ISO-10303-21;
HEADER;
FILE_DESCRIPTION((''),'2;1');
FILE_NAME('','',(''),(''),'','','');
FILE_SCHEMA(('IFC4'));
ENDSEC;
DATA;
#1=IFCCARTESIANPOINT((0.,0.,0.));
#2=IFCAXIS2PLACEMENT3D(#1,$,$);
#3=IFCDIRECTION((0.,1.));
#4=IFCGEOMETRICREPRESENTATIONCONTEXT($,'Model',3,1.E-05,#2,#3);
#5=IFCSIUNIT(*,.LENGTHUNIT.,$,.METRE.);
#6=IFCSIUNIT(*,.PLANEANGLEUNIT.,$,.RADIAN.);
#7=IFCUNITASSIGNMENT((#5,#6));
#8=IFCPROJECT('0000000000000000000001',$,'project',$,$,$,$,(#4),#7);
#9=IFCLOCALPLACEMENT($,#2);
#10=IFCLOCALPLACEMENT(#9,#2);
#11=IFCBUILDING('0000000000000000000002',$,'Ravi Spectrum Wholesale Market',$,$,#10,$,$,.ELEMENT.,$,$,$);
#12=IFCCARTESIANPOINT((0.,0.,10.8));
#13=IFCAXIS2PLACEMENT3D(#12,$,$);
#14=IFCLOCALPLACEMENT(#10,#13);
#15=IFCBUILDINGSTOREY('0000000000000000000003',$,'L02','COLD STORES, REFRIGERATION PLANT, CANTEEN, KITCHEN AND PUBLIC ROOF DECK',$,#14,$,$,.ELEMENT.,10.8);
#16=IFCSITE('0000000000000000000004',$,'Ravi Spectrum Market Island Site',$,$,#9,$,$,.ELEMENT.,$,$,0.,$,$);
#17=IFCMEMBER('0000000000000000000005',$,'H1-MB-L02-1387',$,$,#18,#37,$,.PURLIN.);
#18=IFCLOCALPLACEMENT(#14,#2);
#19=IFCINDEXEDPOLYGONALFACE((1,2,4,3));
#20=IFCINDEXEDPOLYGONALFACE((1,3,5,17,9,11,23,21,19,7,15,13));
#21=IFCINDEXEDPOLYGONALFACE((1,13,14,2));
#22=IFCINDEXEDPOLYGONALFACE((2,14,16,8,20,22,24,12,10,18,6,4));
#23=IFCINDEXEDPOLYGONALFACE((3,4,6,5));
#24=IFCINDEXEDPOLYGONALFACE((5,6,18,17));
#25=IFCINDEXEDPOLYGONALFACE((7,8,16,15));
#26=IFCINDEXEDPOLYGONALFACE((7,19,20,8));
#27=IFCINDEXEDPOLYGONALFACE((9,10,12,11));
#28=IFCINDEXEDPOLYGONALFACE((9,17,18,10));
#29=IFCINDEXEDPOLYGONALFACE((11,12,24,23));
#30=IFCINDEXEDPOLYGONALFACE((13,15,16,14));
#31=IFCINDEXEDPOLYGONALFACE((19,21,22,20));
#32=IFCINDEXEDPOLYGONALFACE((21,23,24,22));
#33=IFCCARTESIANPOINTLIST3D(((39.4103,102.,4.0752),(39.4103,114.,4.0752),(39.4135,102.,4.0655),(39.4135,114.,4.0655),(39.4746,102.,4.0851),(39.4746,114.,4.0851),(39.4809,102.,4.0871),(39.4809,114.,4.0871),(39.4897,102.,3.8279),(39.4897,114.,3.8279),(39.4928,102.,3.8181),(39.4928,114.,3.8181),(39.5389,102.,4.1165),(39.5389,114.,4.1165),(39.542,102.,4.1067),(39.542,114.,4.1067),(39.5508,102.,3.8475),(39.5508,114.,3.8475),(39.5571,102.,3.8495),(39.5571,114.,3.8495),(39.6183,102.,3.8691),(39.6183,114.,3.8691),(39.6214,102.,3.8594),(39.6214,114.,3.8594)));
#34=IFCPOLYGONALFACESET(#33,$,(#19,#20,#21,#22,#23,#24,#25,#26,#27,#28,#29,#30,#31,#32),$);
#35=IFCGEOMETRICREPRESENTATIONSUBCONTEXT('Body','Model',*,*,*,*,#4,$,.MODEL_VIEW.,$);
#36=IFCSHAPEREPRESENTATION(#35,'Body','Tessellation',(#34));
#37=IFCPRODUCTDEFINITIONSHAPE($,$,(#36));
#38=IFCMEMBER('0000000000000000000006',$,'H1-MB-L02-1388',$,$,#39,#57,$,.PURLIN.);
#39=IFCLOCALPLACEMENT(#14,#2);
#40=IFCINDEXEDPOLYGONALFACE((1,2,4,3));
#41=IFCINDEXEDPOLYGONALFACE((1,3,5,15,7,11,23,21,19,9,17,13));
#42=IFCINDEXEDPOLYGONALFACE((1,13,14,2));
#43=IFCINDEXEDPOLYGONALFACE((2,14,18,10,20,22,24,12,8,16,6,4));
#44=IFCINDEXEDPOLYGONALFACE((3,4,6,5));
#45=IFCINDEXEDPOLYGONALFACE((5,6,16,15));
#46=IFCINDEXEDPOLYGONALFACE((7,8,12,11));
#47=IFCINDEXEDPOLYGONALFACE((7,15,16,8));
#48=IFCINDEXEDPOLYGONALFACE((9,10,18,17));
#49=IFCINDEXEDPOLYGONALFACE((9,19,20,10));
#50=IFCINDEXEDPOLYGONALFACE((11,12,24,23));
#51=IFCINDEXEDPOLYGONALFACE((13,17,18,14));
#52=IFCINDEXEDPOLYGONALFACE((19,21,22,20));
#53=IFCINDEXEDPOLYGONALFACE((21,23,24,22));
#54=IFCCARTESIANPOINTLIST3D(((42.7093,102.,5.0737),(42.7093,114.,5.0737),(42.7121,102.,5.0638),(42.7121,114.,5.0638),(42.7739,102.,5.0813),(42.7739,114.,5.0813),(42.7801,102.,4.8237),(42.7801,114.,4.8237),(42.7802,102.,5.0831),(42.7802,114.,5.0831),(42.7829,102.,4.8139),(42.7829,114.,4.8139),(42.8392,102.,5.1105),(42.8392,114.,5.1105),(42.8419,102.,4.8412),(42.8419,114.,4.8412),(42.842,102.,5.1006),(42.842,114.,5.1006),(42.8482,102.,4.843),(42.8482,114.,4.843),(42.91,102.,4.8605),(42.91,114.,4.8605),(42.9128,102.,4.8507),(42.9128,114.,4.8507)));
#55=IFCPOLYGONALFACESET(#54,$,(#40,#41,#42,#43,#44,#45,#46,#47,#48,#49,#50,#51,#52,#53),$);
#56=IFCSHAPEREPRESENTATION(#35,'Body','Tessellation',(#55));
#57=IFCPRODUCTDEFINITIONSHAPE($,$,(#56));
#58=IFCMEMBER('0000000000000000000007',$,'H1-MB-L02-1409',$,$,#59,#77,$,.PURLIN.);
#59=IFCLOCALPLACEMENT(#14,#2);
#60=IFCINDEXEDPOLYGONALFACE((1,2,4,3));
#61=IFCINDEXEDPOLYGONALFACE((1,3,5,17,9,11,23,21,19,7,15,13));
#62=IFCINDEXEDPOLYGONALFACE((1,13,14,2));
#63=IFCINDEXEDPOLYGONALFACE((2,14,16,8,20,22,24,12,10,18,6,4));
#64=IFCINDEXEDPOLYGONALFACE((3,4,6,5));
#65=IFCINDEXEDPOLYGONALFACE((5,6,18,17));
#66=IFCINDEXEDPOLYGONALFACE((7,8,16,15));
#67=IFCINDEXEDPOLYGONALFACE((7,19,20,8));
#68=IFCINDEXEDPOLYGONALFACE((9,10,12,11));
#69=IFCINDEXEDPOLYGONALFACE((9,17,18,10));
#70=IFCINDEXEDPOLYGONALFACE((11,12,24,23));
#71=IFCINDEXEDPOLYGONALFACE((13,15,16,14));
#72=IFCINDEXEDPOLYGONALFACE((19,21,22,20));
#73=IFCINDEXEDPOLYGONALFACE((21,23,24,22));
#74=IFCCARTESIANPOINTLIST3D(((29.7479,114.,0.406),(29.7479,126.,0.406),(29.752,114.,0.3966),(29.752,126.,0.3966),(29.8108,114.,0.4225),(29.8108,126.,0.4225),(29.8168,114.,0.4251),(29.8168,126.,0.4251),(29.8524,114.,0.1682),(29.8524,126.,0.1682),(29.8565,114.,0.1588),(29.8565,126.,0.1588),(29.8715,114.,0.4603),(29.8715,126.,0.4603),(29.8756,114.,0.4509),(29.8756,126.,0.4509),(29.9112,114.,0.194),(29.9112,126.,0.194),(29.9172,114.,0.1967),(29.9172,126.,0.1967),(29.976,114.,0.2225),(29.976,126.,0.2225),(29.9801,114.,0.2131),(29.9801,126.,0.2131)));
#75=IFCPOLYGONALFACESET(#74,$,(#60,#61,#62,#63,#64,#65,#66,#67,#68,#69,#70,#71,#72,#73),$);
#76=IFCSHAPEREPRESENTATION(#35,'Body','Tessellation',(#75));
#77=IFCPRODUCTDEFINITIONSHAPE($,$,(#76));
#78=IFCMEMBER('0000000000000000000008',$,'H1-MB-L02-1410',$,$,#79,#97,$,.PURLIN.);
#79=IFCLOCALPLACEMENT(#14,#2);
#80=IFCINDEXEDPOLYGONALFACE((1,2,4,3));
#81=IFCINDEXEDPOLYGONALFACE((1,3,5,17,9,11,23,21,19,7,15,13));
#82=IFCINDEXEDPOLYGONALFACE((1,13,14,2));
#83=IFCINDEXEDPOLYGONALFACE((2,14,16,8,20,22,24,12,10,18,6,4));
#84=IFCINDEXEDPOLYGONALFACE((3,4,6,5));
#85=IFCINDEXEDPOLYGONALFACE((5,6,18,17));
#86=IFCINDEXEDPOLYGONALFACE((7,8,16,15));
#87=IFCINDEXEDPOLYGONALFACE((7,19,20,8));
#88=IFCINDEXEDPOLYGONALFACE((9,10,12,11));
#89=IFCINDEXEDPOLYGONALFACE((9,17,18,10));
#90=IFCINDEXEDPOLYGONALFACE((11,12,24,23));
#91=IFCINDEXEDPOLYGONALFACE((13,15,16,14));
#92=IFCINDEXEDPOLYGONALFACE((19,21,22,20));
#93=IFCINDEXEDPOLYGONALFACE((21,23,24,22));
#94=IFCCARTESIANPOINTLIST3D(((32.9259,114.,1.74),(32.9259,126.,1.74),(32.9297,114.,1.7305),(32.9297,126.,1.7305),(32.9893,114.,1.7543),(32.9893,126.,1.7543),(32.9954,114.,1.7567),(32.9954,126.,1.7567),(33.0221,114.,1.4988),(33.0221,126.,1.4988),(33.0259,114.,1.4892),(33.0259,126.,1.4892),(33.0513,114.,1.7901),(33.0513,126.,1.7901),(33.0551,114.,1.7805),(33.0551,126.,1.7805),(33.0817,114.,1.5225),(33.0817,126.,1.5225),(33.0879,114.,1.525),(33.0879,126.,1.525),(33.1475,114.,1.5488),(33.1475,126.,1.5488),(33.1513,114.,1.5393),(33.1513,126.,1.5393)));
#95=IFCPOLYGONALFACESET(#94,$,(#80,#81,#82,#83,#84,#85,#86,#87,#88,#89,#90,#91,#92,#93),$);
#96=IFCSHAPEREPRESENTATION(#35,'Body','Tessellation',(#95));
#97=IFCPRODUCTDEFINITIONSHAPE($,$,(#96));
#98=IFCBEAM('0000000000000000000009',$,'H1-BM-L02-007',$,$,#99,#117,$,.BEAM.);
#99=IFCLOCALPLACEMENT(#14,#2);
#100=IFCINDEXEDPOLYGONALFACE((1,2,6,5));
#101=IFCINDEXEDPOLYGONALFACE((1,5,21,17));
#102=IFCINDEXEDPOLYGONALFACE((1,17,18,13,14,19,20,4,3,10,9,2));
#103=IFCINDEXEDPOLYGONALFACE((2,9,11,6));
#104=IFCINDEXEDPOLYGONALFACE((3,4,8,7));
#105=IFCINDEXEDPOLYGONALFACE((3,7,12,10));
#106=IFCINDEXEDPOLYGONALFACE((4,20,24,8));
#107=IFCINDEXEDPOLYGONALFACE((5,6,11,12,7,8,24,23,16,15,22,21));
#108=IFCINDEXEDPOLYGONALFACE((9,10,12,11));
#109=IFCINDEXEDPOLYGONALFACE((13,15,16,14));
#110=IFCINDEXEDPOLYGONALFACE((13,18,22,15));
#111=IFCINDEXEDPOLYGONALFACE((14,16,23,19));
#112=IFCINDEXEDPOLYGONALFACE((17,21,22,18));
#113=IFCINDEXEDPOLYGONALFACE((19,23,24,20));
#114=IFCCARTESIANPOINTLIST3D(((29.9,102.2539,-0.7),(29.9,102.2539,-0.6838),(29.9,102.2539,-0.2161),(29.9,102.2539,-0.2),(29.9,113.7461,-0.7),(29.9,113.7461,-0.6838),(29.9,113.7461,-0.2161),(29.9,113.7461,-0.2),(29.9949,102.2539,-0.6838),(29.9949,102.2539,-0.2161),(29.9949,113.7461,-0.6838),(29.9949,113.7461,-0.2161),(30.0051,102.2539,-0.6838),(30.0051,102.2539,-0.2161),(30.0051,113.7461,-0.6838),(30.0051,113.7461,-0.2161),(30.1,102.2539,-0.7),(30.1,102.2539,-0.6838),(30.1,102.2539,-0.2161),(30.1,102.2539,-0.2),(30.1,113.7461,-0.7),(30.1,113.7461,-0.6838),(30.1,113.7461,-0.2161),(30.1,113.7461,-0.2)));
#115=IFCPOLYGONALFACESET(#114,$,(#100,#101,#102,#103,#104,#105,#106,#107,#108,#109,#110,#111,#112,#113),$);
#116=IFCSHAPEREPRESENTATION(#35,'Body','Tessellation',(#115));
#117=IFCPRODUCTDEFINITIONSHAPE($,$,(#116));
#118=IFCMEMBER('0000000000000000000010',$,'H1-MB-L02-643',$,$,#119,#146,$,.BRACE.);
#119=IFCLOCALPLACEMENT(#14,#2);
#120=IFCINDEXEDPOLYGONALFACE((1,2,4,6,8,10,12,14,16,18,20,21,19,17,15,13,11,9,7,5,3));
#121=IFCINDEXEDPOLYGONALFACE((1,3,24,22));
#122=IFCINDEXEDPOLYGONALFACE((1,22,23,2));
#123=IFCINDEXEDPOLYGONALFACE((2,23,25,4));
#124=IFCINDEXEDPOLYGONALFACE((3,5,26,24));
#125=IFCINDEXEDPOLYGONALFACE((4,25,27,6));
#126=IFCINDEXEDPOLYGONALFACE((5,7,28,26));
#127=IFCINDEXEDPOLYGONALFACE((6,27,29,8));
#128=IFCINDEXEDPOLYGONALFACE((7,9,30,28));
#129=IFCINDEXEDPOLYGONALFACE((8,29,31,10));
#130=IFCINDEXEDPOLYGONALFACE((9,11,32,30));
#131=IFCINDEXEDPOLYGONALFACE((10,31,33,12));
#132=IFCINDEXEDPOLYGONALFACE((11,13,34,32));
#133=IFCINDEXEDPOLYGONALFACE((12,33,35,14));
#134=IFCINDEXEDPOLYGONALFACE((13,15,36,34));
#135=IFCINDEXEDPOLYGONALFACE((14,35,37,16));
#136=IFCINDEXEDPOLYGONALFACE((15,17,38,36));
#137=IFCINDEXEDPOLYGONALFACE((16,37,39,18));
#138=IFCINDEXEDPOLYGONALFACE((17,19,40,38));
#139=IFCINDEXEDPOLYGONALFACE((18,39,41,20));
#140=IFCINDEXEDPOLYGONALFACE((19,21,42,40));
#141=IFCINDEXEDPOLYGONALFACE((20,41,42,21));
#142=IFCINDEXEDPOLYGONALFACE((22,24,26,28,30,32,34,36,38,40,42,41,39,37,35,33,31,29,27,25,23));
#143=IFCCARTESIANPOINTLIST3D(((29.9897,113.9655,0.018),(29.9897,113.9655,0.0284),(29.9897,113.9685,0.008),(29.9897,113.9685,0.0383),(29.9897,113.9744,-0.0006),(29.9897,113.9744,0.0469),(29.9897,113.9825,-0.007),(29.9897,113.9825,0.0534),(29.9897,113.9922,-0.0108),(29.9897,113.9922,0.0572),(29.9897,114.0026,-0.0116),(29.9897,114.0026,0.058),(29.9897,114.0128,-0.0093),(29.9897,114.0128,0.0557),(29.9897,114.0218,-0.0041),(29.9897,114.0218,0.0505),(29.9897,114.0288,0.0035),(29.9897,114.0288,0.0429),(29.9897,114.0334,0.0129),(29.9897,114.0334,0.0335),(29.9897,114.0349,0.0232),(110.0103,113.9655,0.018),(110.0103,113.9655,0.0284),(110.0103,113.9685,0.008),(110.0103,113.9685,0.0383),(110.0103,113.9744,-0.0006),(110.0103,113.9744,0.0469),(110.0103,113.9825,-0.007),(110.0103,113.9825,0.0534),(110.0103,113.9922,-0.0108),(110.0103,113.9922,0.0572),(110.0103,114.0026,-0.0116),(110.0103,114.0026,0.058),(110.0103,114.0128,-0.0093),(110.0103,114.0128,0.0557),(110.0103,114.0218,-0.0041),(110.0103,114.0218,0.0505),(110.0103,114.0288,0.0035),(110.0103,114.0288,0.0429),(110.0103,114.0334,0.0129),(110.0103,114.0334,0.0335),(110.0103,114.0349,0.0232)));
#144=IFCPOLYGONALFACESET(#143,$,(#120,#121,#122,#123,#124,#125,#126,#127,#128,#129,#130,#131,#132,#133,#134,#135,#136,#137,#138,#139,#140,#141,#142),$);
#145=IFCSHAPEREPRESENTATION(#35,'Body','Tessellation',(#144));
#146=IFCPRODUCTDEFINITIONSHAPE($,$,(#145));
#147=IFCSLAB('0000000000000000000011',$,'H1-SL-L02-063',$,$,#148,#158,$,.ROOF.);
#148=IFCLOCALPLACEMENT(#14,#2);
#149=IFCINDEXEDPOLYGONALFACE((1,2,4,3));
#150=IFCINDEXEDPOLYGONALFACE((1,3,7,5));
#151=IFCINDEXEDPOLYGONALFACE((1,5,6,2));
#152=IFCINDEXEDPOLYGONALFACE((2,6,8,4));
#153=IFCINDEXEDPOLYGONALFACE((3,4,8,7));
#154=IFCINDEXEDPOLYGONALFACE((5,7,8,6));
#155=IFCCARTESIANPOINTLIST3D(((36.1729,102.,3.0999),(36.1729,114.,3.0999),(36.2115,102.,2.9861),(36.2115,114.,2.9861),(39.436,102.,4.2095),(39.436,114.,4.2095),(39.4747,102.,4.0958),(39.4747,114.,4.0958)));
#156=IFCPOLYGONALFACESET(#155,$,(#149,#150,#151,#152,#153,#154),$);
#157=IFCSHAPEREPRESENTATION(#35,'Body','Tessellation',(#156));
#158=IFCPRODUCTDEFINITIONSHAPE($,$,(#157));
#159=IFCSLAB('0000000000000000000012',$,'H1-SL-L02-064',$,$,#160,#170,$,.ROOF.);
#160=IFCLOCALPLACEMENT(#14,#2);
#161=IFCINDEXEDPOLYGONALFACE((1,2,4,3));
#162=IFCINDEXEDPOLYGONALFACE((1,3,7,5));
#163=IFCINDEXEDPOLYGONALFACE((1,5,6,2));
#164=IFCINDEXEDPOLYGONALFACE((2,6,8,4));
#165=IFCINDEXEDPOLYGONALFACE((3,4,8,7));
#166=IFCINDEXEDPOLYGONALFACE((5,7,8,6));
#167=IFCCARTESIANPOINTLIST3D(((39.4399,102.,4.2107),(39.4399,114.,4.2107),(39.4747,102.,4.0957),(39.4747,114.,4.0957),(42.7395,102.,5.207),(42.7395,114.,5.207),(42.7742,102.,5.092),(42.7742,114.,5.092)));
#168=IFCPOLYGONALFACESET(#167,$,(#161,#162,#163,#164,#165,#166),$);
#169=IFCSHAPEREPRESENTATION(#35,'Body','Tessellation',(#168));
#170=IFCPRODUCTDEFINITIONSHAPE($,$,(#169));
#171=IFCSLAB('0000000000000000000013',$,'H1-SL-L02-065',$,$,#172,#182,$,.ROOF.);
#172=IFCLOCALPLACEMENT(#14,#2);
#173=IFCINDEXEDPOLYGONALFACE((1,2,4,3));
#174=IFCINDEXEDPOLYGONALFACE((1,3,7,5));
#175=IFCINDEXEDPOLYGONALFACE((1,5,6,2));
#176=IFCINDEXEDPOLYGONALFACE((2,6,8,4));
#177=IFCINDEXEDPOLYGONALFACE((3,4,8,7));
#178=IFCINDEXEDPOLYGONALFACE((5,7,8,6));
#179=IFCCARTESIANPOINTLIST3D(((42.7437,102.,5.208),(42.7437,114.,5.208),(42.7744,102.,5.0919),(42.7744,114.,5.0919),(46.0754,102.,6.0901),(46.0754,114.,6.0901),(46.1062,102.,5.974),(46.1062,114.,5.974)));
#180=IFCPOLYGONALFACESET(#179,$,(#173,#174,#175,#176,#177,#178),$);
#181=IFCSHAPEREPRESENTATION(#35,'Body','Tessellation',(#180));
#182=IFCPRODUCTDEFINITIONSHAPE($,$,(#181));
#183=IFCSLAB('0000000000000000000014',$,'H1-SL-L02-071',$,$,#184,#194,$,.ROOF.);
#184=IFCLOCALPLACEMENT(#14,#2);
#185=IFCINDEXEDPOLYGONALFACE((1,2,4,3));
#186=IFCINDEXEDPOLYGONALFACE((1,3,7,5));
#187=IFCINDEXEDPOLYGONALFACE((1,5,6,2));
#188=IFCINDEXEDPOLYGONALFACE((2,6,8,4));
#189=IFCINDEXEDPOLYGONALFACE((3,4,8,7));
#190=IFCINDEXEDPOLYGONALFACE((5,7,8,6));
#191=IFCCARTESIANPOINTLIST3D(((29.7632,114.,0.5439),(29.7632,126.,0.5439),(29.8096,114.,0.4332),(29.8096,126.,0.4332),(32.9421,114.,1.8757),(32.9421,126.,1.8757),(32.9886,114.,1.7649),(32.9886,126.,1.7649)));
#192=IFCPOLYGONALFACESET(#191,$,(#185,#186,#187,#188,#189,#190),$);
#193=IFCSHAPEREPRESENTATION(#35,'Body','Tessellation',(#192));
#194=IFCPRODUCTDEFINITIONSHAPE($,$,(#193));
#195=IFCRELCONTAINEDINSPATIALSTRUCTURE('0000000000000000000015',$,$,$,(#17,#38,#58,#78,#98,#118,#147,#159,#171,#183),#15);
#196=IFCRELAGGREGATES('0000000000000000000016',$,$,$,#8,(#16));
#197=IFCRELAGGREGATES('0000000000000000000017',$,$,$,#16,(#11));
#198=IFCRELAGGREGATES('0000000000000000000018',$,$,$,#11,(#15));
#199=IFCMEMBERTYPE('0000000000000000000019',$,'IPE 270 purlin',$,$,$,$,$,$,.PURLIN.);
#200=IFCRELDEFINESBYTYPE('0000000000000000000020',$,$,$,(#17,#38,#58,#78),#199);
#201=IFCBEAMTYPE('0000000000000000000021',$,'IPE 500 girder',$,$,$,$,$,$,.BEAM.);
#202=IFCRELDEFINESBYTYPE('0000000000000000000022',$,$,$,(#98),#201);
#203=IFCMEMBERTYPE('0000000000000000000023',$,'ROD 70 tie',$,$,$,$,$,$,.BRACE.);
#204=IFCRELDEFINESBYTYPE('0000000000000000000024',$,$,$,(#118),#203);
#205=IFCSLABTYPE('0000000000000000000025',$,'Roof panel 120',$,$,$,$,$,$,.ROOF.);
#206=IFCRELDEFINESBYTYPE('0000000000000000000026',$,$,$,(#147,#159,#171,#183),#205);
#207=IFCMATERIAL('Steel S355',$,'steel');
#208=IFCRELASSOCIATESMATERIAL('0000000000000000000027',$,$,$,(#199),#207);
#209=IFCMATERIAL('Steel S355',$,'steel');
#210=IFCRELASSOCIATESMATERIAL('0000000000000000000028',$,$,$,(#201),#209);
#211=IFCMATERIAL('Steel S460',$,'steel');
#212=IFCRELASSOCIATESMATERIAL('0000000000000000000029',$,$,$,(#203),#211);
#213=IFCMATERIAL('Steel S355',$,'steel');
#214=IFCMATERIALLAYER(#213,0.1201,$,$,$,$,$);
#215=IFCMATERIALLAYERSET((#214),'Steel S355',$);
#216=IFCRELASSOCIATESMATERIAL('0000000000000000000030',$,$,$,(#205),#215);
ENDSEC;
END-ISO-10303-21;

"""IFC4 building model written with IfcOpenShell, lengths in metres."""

from ifc_helpers import new_model, si_unit, direction, frame, origin, origin_2d, place, context, subcontext, project, spatial, polyline, circle, i_section, outline, extrude, material, layer, layer_set, material_profile, profile_set, type_object, element, save


model = new_model("IFC4")

# Units and contexts
model_context = context("Model", 3, precision=1e-05, world=origin(), true_north=direction((0.0, 1.0)))
body_context = subcontext(model_context, "Body", "Model", "MODEL_VIEW")
ifc_project = project(units=[si_unit("LENGTHUNIT", "METRE"), si_unit("PLANEANGLEUNIT", "RADIAN")], contexts=[model_context])

# Site, building, storey
site_placement = place(None, origin())
site = spatial("IfcSite", under=ifc_project, at=site_placement, Name="Ravi Spectrum Market Island Site", CompositionType="ELEMENT", RefElevation=0.0)
building_placement = place(site_placement, origin())
building = spatial("IfcBuilding", under=site, at=building_placement, Name="Ravi Spectrum Wholesale Market", CompositionType="ELEMENT")
storey_placement = place(building_placement, frame((0.0, 0.0, 10.8)))
storey = spatial("IfcBuildingStorey", under=building, at=storey_placement, Name="L02", Description="COLD STORES, REFRIGERATION PLANT, CANTEEN, KITCHEN AND PUBLIC ROOF DECK", CompositionType="ELEMENT", Elevation=10.8)

# Members
ifc_material_1 = material(Name="Steel S355", Category="steel")
ifc_material_profile_1 = material_profile(ifc_material_1, i_section(OverallWidth=0.135, OverallDepth=0.27, WebThickness=0.0066, FlangeThickness=0.0103, at=origin_2d()))
ifc_profile_set_1 = profile_set([ifc_material_profile_1], Name="Steel S355")
member_type_1 = type_object("IfcMemberType", Name="IPE 270 purlin", PredefinedType="PURLIN", material=ifc_profile_set_1)
for number, where, z_axis, x_axis, name in (
    (1, (39.5159, 102.0, 3.9673), (0.0, 1.0, 0.0), (-0.952184, 0.0, -0.305524), "H1-MB-L02-1387"),
    (2, (42.811, 102.0, 4.9622), (0.0, 1.0, 0.0), (-0.962156, 0.0, -0.272499), "H1-MB-L02-1388"),
    (3, (29.864, 114.0, 0.3096), (0.0, 1.0, 0.0), (-0.915525, 0.0, -0.40226), "H1-MB-L02-1409"),
    (4, (33.0386, 114.0, 1.6396), (0.0, 1.0, 0.0), (-0.928855, 0.0, -0.370443), "H1-MB-L02-1410"),
):
    element("IfcMember", number, at=place(storey_placement, frame(where, z_axis=z_axis, x_axis=x_axis)), inside=storey, type_object=member_type_1, Name=name, PredefinedType="PURLIN", context=body_context, shape_type="SweptSolid", body=[
        extrude(i_section(OverallWidth=0.135, OverallDepth=0.27, WebThickness=0.0066, FlangeThickness=0.0103, at=origin_2d()), origin(), (0.0, 0.0, 1.0), 12.0),
    ])

# Beam
ifc_material_2 = material(Name="Steel S355", Category="steel")
ifc_material_profile_2 = material_profile(ifc_material_2, i_section(OverallWidth=0.2, OverallDepth=0.5, WebThickness=0.0103, FlangeThickness=0.0161, at=origin_2d()))
ifc_profile_set_2 = profile_set([ifc_material_profile_2], Name="Steel S355")
beam_type = type_object("IfcBeamType", Name="IPE 500 girder", PredefinedType="BEAM", material=ifc_profile_set_2)
beam_placement = place(storey_placement, frame((30.0, 102.2539, -0.45), z_axis=(0.0, 1.0, 0.0), x_axis=(-1.0, 0.0, 0.0)))
element("IfcBeam", 5, at=beam_placement, inside=storey, type_object=beam_type, Name="H1-BM-L02-007", PredefinedType="BEAM", context=body_context, shape_type="SweptSolid", body=[
    extrude(i_section(OverallWidth=0.2, OverallDepth=0.5, WebThickness=0.0103, FlangeThickness=0.0161, at=origin_2d()), origin(), (0.0, 0.0, 1.0), 11.4922),
])

# Member
ifc_material_3 = material(Name="Steel S460", Category="steel")
ifc_material_profile_3 = material_profile(ifc_material_3, circle(Radius=0.0349, at=origin_2d()))
ifc_profile_set_3 = profile_set([ifc_material_profile_3], Name="Steel S460")
member_type_2 = type_object("IfcMemberType", Name="ROD 70 tie", PredefinedType="BRACE", material=ifc_profile_set_3)
member_1_placement = place(storey_placement, frame((29.9897, 114.0, 0.0232), z_axis=(1.0, 0.0, 0.0), x_axis=(0.0, 1.0, 0.0)))
element("IfcMember", 6, at=member_1_placement, inside=storey, type_object=member_type_2, Name="H1-MB-L02-643", PredefinedType="BRACE", context=body_context, shape_type="SweptSolid", body=[
    extrude(circle(Radius=0.0349, at=origin_2d()), origin(), (0.0, 0.0, 1.0), 80.0205),
])

# Slabs
ifc_material_4 = material(Name="Steel S355", Category="steel")
ifc_layer_1 = layer(ifc_material_4, 0.1201)
ifc_layer_set_1 = layer_set([ifc_layer_1], Name="Steel S355")
slab_type = type_object("IfcSlabType", Name="Roof panel 120", PredefinedType="ROOF", material=ifc_layer_set_1)
slab_1_placement = place(storey_placement, frame((36.1729, 102.0, 3.0999), z_axis=(-0.321938, 0.0, 0.946761), x_axis=(0.946761, 0.0, 0.321938)))
element("IfcSlab", 7, at=slab_1_placement, inside=storey, type_object=slab_type, Name="H1-SL-L02-063", PredefinedType="ROOF", context=body_context, shape_type="SweptSolid", body=[
    extrude(outline(polyline([(0.0, 0.0), (3.4467, 0.0), (3.4467, 12.0), (0.0, 12.0), (0.0, 0.0)])), origin(), (0.0, 0.0, -1.0), 0.1201),
])
slab_2_placement = place(storey_placement, frame((39.4399, 102.0, 4.2107), z_axis=(-0.28907, 0.0, 0.957308), x_axis=(0.957308, 0.0, 0.28907)))
element("IfcSlab", 8, at=slab_2_placement, inside=storey, type_object=slab_type, Name="H1-SL-L02-064", PredefinedType="ROOF", context=body_context, shape_type="SweptSolid", body=[
    extrude(outline(polyline([(0.0, 0.0), (3.4467, 0.0), (3.4467, 12.0), (0.0, 12.0), (0.0, 0.0)])), origin(), (0.0, 0.0, -1.0), 0.1201),
])
slab_3_placement = place(storey_placement, frame((42.7437, 102.0, 5.208), z_axis=(-0.25593, 0.0, 0.966695), x_axis=(0.966695, 0.0, 0.25593)))
element("IfcSlab", 9, at=slab_3_placement, inside=storey, type_object=slab_type, Name="H1-SL-L02-065", PredefinedType="ROOF", context=body_context, shape_type="SweptSolid", body=[
    extrude(outline(polyline([(0.0, 0.0), (3.4466, 0.0), (3.4466, 12.0), (0.0, 12.0), (0.0, 0.0)])), origin(), (0.0, 0.0, -1.0), 0.1201),
])
slab_4_placement = place(storey_placement, frame((29.7632, 114.0, 0.5439), z_axis=(-0.3864, 0.0, 0.922331), x_axis=(0.922331, 0.0, 0.3864)))
element("IfcSlab", 10, at=slab_4_placement, inside=storey, type_object=slab_type, Name="H1-SL-L02-071", PredefinedType="ROOF", context=body_context, shape_type="SweptSolid", body=[
    extrude(outline(polyline([(0.0, 0.0), (3.4467, 0.0), (3.4467, 12.0), (0.0, 12.0), (0.0, 0.0)])), origin(), (0.0, 0.0, -1.0), 0.1201),
])

save(model, "model.ifc")
